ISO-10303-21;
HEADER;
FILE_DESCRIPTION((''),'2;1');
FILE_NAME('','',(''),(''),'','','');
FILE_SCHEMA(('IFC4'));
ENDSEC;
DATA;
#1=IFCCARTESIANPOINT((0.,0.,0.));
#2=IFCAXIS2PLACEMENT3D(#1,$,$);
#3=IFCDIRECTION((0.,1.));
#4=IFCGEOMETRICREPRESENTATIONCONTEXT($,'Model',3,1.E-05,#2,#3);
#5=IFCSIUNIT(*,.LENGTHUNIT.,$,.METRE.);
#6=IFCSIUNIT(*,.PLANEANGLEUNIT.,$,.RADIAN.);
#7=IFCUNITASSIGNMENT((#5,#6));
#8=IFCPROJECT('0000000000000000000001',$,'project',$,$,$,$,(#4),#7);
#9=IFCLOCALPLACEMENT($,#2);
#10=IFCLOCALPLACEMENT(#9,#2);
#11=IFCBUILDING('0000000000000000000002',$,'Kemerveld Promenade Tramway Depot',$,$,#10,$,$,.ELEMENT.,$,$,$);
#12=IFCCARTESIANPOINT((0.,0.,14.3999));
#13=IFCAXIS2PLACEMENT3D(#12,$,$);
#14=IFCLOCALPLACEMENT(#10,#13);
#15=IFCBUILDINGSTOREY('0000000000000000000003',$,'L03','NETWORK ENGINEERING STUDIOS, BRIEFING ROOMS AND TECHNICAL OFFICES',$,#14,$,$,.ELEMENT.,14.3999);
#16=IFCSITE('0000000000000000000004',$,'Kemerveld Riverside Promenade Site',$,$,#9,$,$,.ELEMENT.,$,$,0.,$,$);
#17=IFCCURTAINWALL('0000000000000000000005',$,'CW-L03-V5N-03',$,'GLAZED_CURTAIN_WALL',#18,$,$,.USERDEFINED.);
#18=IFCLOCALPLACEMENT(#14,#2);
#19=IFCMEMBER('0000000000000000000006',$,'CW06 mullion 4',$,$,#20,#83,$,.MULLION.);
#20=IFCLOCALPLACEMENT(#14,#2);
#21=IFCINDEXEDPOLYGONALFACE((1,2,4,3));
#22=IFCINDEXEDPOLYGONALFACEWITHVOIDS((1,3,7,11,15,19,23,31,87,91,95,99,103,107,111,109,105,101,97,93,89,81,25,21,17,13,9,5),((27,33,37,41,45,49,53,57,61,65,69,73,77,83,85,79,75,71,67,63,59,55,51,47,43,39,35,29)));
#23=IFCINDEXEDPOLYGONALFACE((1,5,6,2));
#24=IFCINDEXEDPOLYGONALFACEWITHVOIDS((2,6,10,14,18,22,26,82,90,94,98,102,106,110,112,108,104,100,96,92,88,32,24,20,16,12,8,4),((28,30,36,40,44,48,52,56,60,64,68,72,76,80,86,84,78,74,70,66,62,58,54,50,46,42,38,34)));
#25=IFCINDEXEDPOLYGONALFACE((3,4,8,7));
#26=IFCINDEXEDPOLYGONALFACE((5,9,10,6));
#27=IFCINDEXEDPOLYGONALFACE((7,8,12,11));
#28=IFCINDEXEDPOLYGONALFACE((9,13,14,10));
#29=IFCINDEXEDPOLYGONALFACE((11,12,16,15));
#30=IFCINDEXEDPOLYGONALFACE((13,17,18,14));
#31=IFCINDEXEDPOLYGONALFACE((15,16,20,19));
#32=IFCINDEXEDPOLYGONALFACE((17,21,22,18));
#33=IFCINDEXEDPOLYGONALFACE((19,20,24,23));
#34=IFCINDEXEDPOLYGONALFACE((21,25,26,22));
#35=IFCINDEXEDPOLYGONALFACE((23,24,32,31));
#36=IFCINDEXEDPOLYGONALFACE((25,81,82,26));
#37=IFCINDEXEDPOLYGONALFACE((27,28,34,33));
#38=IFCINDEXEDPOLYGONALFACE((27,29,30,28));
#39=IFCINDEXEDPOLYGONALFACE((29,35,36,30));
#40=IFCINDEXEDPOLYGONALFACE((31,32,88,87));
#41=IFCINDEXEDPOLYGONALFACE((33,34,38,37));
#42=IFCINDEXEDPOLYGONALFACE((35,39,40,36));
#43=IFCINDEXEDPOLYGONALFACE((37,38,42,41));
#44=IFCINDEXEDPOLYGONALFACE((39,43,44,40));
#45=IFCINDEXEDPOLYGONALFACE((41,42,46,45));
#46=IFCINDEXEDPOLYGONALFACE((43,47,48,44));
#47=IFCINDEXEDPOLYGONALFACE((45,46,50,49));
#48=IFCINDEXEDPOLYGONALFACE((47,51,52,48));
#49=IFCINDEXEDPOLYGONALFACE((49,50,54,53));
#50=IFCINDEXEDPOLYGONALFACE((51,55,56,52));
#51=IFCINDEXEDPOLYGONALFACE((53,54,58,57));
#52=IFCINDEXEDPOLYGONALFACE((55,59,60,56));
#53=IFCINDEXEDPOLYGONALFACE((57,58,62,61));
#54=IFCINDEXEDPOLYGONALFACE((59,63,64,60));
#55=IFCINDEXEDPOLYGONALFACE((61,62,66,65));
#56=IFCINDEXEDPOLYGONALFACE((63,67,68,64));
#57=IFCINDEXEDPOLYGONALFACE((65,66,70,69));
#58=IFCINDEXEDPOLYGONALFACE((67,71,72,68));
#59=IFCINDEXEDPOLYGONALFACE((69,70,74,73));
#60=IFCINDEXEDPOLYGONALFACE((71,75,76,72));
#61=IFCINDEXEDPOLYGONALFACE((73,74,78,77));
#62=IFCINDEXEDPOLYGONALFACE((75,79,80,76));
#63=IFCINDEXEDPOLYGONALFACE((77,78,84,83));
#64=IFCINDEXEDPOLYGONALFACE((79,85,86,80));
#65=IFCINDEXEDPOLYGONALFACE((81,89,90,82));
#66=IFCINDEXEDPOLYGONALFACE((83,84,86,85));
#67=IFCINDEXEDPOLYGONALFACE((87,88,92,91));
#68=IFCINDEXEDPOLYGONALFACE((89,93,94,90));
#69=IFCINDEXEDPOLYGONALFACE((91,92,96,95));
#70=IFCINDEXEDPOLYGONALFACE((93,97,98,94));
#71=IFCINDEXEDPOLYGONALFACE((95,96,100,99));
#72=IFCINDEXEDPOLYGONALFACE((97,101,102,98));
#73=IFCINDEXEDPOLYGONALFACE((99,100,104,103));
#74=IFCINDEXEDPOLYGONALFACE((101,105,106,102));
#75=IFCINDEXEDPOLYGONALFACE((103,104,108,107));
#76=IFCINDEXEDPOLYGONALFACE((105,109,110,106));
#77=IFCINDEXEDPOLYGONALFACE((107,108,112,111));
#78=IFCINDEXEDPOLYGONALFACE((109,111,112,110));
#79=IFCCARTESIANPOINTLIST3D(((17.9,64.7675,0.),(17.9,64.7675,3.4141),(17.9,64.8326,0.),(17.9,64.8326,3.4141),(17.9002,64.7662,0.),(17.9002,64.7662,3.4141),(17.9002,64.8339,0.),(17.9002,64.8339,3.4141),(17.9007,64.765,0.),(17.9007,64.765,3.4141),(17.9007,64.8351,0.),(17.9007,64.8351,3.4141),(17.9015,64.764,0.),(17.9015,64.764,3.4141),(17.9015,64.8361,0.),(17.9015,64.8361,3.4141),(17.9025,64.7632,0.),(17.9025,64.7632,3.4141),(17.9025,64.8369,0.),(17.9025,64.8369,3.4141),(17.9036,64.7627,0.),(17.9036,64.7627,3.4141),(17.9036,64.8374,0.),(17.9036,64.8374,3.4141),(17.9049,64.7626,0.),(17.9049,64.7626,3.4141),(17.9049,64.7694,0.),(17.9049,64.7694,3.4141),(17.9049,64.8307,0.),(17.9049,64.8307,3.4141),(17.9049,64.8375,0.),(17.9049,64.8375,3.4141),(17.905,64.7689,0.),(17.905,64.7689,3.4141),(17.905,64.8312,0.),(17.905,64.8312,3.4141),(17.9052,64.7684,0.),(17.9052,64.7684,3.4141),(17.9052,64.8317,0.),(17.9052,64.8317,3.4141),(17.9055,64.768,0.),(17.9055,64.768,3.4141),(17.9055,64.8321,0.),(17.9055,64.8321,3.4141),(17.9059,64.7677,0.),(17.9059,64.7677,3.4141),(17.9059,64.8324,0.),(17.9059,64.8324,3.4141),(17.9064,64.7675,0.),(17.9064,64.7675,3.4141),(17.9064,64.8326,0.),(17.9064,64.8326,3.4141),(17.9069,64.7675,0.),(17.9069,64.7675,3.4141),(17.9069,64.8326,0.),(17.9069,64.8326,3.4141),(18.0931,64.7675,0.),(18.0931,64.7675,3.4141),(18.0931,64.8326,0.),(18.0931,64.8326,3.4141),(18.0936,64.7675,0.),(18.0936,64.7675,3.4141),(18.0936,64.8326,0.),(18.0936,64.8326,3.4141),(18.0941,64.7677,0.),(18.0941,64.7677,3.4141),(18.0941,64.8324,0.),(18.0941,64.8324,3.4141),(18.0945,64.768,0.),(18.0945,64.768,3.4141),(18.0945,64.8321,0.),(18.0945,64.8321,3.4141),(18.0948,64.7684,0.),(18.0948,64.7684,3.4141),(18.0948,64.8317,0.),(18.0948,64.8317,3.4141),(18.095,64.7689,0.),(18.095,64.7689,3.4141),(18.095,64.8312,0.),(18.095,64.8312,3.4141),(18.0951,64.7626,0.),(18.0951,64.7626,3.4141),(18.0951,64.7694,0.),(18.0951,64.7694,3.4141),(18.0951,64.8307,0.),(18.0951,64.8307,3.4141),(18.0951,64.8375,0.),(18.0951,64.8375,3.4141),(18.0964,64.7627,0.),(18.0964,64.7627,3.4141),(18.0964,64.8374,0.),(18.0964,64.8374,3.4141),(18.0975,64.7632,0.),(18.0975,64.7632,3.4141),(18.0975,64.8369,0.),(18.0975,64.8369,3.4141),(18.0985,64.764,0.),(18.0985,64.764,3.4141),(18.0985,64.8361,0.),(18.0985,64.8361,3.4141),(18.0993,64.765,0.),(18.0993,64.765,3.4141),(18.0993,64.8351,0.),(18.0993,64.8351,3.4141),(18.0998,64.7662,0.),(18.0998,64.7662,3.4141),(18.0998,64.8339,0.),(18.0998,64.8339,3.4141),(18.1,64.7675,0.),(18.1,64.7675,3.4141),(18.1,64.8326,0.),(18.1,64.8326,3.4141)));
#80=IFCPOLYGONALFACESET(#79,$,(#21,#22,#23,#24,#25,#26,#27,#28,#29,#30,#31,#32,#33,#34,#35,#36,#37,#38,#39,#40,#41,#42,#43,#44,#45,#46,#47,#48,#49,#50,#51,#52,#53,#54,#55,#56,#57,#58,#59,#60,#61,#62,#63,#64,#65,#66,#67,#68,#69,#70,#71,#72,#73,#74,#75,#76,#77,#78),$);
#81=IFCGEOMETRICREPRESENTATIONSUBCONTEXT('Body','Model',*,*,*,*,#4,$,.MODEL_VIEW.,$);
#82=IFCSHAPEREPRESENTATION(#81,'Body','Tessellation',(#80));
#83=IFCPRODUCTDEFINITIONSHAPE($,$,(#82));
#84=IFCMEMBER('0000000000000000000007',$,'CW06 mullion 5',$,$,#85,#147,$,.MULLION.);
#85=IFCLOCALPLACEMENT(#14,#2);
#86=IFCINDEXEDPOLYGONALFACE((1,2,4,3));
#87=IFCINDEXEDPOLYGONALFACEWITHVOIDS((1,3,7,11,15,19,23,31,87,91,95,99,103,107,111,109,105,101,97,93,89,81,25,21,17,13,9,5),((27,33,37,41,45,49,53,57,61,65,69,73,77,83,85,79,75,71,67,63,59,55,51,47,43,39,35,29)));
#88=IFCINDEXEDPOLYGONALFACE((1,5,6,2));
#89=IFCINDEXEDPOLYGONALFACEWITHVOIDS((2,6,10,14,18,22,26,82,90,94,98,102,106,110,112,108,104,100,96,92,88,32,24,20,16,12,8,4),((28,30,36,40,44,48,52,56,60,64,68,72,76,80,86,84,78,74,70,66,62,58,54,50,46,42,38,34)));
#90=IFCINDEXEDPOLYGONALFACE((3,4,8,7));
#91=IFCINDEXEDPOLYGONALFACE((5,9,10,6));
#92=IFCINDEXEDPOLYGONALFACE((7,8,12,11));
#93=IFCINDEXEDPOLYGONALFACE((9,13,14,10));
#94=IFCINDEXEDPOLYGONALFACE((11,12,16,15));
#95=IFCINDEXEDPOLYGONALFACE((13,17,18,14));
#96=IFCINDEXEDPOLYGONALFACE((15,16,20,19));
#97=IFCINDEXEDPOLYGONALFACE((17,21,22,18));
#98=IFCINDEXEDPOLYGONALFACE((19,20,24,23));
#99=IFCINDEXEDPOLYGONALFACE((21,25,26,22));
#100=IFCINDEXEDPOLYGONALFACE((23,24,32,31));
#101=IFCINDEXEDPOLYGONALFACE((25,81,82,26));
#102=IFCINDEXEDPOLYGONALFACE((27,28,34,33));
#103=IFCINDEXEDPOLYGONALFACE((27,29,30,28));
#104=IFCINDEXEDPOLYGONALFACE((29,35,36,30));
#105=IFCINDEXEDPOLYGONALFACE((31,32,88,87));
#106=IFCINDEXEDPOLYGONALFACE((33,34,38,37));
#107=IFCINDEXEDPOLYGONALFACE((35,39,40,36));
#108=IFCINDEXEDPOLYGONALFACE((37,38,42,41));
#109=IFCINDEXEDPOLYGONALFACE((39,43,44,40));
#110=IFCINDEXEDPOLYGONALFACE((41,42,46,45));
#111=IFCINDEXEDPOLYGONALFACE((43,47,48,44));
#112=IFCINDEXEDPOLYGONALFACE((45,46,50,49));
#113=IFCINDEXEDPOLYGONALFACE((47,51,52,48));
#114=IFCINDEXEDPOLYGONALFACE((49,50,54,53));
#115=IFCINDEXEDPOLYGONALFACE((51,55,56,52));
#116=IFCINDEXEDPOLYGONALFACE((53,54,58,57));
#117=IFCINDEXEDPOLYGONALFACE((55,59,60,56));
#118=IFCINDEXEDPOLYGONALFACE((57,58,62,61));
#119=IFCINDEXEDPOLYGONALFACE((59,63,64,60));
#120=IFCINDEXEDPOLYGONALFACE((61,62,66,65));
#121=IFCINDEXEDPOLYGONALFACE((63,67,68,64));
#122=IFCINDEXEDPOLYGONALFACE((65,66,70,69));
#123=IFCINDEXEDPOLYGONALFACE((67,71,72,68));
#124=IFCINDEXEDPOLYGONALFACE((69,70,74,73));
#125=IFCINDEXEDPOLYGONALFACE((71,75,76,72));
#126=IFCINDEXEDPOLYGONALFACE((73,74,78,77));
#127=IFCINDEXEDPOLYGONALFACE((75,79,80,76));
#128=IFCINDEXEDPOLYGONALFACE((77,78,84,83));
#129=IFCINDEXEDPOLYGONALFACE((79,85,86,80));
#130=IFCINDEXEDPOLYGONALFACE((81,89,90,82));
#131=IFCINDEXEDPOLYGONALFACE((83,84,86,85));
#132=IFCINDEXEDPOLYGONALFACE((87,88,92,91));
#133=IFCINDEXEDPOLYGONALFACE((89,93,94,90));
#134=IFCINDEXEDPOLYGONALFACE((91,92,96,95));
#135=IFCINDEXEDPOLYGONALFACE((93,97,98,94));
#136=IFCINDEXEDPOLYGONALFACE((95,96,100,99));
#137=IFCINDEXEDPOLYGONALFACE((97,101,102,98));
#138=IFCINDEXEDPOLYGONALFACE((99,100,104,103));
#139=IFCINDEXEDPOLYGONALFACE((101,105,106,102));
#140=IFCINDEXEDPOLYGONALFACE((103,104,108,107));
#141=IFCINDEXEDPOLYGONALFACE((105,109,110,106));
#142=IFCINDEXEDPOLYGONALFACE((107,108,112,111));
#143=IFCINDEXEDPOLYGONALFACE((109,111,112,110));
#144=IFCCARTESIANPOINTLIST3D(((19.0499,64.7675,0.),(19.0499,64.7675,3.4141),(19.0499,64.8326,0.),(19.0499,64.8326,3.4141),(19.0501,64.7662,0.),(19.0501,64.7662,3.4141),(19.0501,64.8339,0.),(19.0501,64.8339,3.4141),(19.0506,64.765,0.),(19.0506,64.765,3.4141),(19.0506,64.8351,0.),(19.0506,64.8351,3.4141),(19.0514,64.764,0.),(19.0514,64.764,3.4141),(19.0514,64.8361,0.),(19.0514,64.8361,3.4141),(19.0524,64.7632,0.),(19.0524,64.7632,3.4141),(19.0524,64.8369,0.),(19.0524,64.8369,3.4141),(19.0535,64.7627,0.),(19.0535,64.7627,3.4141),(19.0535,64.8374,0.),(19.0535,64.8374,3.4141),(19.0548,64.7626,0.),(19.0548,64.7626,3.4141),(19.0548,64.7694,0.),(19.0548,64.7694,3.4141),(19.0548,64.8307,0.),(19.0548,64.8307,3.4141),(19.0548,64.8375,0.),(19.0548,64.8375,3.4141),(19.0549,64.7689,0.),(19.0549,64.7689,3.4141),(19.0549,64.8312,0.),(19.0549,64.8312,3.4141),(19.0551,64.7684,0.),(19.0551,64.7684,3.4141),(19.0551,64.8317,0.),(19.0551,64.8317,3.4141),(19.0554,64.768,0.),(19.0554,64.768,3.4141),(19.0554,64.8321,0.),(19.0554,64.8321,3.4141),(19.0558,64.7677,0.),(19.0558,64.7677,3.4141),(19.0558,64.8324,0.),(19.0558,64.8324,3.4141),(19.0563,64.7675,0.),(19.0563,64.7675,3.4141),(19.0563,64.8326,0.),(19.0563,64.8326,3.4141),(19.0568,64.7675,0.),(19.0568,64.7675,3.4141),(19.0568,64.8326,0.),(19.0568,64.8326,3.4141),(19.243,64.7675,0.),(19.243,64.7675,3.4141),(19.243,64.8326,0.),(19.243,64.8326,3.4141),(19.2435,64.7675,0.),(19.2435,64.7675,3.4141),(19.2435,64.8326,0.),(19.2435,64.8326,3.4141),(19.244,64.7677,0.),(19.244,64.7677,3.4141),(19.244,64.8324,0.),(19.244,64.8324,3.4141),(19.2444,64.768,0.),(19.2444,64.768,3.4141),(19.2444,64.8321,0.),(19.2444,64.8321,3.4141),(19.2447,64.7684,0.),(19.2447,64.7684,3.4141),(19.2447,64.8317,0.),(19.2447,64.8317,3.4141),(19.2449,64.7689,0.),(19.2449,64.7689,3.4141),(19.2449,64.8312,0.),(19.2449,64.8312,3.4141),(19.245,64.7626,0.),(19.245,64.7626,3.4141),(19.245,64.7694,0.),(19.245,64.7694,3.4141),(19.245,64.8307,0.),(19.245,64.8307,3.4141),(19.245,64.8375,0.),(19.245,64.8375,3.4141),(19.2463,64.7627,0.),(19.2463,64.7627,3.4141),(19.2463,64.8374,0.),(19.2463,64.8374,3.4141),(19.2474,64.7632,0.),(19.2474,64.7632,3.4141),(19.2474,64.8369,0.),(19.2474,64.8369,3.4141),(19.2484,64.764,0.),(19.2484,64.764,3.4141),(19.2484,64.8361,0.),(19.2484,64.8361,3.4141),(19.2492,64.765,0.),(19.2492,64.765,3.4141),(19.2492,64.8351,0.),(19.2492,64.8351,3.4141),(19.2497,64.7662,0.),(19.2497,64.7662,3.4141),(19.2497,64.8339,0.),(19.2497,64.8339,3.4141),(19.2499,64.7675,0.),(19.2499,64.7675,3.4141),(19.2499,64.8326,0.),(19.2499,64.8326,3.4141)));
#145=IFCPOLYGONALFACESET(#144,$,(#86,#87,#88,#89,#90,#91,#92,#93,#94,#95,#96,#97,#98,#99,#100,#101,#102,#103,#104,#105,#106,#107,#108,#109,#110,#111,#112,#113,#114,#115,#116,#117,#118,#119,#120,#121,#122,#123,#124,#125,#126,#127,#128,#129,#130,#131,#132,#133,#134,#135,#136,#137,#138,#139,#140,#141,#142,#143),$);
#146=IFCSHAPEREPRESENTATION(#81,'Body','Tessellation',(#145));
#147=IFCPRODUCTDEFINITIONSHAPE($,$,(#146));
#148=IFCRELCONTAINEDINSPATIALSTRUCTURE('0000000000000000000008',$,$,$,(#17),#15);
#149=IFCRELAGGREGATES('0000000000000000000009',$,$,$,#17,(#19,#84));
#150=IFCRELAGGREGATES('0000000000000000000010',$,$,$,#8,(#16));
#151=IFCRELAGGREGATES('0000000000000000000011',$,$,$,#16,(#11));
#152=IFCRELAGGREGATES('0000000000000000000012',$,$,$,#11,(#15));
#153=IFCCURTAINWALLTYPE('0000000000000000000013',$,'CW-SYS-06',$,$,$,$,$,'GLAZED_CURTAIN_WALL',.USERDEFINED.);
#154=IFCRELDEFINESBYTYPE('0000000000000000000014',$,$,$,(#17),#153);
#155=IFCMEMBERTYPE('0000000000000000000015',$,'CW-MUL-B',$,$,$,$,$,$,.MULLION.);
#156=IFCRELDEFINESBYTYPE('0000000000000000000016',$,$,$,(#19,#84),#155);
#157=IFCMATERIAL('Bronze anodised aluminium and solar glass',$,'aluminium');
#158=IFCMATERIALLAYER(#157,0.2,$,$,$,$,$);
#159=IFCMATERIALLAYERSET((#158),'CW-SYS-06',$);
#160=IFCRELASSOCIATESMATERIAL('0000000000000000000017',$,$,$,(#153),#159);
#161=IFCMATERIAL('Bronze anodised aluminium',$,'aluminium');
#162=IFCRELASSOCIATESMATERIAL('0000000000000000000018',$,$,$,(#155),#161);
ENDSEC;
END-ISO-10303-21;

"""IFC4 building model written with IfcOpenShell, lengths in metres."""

from ifc_helpers import new_model, si_unit, direction, frame, origin, origin_2d, place, context, subcontext, project, spatial, hollow_rectangle, extrude, material, layer, layer_set, material_profile, profile_set, type_object, element, aggregate, save


model = new_model("IFC4")

# Units and contexts
model_context = context("Model", 3, precision=1e-05, world=origin(), true_north=direction((0.0, 1.0)))
body_context = subcontext(model_context, "Body", "Model", "MODEL_VIEW")
ifc_project = project(units=[si_unit("LENGTHUNIT", "METRE"), si_unit("PLANEANGLEUNIT", "RADIAN")], contexts=[model_context])

# Site, building, storey
site_placement = place(None, origin())
site = spatial("IfcSite", under=ifc_project, at=site_placement, Name="Kemerveld Riverside Promenade Site", CompositionType="ELEMENT", RefElevation=0.0)
building_placement = place(site_placement, origin())
building = spatial("IfcBuilding", under=site, at=building_placement, Name="Kemerveld Promenade Tramway Depot", CompositionType="ELEMENT")
storey_placement = place(building_placement, frame((0.0, 0.0, 14.3999)))
storey = spatial("IfcBuildingStorey", under=building, at=storey_placement, Name="L03", Description="NETWORK ENGINEERING STUDIOS, BRIEFING ROOMS AND TECHNICAL OFFICES", CompositionType="ELEMENT", Elevation=14.3999)

# Curtain wall, members
ifc_material_1 = material(Name="Bronze anodised aluminium and solar glass", Category="aluminium")
ifc_layer_1 = layer(ifc_material_1, 0.2)
ifc_layer_set_1 = layer_set([ifc_layer_1], Name="CW-SYS-06")
curtain_wall_type = type_object("IfcCurtainWallType", Name="CW-SYS-06", ElementType="GLAZED_CURTAIN_WALL", PredefinedType="USERDEFINED", material=ifc_layer_set_1)
curtain_wall_placement = place(storey_placement, origin())
curtain_wall = element("IfcCurtainWall", 1, at=curtain_wall_placement, inside=storey, type_object=curtain_wall_type, Name="CW-L03-V5N-03", ObjectType="GLAZED_CURTAIN_WALL", PredefinedType="USERDEFINED")
ifc_material_2 = material(Name="Bronze anodised aluminium", Category="aluminium")
ifc_material_profile_1 = material_profile(ifc_material_2, hollow_rectangle(XDim=0.075, YDim=0.2, WallThickness=0.0049, InnerFilletRadius=0.002, OuterFilletRadius=0.0049, at=origin_2d()), Name="CW-MUL-200x75")
ifc_profile_set_1 = profile_set([ifc_material_profile_1], Name="Bronze anodised aluminium")
member_type_1 = type_object("IfcMemberType", Name="CW-MUL-B", PredefinedType="MULLION", material=ifc_profile_set_1)
member_1_placement = place(storey_placement, frame((18.0, 64.8, 0.0), z_axis=(0.0, 0.0, 1.0), x_axis=(0.0, 1.0, 0.0)))
member_1 = element("IfcMember", 2, at=member_1_placement, type_object=member_type_1, Name="CW06 mullion 4", PredefinedType="MULLION", context=body_context, shape_type="SweptSolid", body=[
    extrude(hollow_rectangle(XDim=0.075, YDim=0.2, WallThickness=0.0049, InnerFilletRadius=0.002, OuterFilletRadius=0.0049, at=origin_2d()), origin(), (0.0, 0.0, 1.0), 3.4141),
])
member_2_placement = place(storey_placement, frame((19.1499, 64.8, 0.0), z_axis=(0.0, 0.0, 1.0), x_axis=(0.0, 1.0, 0.0)))
member_2 = element("IfcMember", 3, at=member_2_placement, type_object=member_type_1, Name="CW06 mullion 5", PredefinedType="MULLION", context=body_context, shape_type="SweptSolid", body=[
    extrude(hollow_rectangle(XDim=0.075, YDim=0.2, WallThickness=0.0049, InnerFilletRadius=0.002, OuterFilletRadius=0.0049, at=origin_2d()), origin(), (0.0, 0.0, 1.0), 3.4141),
])
aggregate(curtain_wall, [member_1, member_2])

save(model, "model.ifc")
